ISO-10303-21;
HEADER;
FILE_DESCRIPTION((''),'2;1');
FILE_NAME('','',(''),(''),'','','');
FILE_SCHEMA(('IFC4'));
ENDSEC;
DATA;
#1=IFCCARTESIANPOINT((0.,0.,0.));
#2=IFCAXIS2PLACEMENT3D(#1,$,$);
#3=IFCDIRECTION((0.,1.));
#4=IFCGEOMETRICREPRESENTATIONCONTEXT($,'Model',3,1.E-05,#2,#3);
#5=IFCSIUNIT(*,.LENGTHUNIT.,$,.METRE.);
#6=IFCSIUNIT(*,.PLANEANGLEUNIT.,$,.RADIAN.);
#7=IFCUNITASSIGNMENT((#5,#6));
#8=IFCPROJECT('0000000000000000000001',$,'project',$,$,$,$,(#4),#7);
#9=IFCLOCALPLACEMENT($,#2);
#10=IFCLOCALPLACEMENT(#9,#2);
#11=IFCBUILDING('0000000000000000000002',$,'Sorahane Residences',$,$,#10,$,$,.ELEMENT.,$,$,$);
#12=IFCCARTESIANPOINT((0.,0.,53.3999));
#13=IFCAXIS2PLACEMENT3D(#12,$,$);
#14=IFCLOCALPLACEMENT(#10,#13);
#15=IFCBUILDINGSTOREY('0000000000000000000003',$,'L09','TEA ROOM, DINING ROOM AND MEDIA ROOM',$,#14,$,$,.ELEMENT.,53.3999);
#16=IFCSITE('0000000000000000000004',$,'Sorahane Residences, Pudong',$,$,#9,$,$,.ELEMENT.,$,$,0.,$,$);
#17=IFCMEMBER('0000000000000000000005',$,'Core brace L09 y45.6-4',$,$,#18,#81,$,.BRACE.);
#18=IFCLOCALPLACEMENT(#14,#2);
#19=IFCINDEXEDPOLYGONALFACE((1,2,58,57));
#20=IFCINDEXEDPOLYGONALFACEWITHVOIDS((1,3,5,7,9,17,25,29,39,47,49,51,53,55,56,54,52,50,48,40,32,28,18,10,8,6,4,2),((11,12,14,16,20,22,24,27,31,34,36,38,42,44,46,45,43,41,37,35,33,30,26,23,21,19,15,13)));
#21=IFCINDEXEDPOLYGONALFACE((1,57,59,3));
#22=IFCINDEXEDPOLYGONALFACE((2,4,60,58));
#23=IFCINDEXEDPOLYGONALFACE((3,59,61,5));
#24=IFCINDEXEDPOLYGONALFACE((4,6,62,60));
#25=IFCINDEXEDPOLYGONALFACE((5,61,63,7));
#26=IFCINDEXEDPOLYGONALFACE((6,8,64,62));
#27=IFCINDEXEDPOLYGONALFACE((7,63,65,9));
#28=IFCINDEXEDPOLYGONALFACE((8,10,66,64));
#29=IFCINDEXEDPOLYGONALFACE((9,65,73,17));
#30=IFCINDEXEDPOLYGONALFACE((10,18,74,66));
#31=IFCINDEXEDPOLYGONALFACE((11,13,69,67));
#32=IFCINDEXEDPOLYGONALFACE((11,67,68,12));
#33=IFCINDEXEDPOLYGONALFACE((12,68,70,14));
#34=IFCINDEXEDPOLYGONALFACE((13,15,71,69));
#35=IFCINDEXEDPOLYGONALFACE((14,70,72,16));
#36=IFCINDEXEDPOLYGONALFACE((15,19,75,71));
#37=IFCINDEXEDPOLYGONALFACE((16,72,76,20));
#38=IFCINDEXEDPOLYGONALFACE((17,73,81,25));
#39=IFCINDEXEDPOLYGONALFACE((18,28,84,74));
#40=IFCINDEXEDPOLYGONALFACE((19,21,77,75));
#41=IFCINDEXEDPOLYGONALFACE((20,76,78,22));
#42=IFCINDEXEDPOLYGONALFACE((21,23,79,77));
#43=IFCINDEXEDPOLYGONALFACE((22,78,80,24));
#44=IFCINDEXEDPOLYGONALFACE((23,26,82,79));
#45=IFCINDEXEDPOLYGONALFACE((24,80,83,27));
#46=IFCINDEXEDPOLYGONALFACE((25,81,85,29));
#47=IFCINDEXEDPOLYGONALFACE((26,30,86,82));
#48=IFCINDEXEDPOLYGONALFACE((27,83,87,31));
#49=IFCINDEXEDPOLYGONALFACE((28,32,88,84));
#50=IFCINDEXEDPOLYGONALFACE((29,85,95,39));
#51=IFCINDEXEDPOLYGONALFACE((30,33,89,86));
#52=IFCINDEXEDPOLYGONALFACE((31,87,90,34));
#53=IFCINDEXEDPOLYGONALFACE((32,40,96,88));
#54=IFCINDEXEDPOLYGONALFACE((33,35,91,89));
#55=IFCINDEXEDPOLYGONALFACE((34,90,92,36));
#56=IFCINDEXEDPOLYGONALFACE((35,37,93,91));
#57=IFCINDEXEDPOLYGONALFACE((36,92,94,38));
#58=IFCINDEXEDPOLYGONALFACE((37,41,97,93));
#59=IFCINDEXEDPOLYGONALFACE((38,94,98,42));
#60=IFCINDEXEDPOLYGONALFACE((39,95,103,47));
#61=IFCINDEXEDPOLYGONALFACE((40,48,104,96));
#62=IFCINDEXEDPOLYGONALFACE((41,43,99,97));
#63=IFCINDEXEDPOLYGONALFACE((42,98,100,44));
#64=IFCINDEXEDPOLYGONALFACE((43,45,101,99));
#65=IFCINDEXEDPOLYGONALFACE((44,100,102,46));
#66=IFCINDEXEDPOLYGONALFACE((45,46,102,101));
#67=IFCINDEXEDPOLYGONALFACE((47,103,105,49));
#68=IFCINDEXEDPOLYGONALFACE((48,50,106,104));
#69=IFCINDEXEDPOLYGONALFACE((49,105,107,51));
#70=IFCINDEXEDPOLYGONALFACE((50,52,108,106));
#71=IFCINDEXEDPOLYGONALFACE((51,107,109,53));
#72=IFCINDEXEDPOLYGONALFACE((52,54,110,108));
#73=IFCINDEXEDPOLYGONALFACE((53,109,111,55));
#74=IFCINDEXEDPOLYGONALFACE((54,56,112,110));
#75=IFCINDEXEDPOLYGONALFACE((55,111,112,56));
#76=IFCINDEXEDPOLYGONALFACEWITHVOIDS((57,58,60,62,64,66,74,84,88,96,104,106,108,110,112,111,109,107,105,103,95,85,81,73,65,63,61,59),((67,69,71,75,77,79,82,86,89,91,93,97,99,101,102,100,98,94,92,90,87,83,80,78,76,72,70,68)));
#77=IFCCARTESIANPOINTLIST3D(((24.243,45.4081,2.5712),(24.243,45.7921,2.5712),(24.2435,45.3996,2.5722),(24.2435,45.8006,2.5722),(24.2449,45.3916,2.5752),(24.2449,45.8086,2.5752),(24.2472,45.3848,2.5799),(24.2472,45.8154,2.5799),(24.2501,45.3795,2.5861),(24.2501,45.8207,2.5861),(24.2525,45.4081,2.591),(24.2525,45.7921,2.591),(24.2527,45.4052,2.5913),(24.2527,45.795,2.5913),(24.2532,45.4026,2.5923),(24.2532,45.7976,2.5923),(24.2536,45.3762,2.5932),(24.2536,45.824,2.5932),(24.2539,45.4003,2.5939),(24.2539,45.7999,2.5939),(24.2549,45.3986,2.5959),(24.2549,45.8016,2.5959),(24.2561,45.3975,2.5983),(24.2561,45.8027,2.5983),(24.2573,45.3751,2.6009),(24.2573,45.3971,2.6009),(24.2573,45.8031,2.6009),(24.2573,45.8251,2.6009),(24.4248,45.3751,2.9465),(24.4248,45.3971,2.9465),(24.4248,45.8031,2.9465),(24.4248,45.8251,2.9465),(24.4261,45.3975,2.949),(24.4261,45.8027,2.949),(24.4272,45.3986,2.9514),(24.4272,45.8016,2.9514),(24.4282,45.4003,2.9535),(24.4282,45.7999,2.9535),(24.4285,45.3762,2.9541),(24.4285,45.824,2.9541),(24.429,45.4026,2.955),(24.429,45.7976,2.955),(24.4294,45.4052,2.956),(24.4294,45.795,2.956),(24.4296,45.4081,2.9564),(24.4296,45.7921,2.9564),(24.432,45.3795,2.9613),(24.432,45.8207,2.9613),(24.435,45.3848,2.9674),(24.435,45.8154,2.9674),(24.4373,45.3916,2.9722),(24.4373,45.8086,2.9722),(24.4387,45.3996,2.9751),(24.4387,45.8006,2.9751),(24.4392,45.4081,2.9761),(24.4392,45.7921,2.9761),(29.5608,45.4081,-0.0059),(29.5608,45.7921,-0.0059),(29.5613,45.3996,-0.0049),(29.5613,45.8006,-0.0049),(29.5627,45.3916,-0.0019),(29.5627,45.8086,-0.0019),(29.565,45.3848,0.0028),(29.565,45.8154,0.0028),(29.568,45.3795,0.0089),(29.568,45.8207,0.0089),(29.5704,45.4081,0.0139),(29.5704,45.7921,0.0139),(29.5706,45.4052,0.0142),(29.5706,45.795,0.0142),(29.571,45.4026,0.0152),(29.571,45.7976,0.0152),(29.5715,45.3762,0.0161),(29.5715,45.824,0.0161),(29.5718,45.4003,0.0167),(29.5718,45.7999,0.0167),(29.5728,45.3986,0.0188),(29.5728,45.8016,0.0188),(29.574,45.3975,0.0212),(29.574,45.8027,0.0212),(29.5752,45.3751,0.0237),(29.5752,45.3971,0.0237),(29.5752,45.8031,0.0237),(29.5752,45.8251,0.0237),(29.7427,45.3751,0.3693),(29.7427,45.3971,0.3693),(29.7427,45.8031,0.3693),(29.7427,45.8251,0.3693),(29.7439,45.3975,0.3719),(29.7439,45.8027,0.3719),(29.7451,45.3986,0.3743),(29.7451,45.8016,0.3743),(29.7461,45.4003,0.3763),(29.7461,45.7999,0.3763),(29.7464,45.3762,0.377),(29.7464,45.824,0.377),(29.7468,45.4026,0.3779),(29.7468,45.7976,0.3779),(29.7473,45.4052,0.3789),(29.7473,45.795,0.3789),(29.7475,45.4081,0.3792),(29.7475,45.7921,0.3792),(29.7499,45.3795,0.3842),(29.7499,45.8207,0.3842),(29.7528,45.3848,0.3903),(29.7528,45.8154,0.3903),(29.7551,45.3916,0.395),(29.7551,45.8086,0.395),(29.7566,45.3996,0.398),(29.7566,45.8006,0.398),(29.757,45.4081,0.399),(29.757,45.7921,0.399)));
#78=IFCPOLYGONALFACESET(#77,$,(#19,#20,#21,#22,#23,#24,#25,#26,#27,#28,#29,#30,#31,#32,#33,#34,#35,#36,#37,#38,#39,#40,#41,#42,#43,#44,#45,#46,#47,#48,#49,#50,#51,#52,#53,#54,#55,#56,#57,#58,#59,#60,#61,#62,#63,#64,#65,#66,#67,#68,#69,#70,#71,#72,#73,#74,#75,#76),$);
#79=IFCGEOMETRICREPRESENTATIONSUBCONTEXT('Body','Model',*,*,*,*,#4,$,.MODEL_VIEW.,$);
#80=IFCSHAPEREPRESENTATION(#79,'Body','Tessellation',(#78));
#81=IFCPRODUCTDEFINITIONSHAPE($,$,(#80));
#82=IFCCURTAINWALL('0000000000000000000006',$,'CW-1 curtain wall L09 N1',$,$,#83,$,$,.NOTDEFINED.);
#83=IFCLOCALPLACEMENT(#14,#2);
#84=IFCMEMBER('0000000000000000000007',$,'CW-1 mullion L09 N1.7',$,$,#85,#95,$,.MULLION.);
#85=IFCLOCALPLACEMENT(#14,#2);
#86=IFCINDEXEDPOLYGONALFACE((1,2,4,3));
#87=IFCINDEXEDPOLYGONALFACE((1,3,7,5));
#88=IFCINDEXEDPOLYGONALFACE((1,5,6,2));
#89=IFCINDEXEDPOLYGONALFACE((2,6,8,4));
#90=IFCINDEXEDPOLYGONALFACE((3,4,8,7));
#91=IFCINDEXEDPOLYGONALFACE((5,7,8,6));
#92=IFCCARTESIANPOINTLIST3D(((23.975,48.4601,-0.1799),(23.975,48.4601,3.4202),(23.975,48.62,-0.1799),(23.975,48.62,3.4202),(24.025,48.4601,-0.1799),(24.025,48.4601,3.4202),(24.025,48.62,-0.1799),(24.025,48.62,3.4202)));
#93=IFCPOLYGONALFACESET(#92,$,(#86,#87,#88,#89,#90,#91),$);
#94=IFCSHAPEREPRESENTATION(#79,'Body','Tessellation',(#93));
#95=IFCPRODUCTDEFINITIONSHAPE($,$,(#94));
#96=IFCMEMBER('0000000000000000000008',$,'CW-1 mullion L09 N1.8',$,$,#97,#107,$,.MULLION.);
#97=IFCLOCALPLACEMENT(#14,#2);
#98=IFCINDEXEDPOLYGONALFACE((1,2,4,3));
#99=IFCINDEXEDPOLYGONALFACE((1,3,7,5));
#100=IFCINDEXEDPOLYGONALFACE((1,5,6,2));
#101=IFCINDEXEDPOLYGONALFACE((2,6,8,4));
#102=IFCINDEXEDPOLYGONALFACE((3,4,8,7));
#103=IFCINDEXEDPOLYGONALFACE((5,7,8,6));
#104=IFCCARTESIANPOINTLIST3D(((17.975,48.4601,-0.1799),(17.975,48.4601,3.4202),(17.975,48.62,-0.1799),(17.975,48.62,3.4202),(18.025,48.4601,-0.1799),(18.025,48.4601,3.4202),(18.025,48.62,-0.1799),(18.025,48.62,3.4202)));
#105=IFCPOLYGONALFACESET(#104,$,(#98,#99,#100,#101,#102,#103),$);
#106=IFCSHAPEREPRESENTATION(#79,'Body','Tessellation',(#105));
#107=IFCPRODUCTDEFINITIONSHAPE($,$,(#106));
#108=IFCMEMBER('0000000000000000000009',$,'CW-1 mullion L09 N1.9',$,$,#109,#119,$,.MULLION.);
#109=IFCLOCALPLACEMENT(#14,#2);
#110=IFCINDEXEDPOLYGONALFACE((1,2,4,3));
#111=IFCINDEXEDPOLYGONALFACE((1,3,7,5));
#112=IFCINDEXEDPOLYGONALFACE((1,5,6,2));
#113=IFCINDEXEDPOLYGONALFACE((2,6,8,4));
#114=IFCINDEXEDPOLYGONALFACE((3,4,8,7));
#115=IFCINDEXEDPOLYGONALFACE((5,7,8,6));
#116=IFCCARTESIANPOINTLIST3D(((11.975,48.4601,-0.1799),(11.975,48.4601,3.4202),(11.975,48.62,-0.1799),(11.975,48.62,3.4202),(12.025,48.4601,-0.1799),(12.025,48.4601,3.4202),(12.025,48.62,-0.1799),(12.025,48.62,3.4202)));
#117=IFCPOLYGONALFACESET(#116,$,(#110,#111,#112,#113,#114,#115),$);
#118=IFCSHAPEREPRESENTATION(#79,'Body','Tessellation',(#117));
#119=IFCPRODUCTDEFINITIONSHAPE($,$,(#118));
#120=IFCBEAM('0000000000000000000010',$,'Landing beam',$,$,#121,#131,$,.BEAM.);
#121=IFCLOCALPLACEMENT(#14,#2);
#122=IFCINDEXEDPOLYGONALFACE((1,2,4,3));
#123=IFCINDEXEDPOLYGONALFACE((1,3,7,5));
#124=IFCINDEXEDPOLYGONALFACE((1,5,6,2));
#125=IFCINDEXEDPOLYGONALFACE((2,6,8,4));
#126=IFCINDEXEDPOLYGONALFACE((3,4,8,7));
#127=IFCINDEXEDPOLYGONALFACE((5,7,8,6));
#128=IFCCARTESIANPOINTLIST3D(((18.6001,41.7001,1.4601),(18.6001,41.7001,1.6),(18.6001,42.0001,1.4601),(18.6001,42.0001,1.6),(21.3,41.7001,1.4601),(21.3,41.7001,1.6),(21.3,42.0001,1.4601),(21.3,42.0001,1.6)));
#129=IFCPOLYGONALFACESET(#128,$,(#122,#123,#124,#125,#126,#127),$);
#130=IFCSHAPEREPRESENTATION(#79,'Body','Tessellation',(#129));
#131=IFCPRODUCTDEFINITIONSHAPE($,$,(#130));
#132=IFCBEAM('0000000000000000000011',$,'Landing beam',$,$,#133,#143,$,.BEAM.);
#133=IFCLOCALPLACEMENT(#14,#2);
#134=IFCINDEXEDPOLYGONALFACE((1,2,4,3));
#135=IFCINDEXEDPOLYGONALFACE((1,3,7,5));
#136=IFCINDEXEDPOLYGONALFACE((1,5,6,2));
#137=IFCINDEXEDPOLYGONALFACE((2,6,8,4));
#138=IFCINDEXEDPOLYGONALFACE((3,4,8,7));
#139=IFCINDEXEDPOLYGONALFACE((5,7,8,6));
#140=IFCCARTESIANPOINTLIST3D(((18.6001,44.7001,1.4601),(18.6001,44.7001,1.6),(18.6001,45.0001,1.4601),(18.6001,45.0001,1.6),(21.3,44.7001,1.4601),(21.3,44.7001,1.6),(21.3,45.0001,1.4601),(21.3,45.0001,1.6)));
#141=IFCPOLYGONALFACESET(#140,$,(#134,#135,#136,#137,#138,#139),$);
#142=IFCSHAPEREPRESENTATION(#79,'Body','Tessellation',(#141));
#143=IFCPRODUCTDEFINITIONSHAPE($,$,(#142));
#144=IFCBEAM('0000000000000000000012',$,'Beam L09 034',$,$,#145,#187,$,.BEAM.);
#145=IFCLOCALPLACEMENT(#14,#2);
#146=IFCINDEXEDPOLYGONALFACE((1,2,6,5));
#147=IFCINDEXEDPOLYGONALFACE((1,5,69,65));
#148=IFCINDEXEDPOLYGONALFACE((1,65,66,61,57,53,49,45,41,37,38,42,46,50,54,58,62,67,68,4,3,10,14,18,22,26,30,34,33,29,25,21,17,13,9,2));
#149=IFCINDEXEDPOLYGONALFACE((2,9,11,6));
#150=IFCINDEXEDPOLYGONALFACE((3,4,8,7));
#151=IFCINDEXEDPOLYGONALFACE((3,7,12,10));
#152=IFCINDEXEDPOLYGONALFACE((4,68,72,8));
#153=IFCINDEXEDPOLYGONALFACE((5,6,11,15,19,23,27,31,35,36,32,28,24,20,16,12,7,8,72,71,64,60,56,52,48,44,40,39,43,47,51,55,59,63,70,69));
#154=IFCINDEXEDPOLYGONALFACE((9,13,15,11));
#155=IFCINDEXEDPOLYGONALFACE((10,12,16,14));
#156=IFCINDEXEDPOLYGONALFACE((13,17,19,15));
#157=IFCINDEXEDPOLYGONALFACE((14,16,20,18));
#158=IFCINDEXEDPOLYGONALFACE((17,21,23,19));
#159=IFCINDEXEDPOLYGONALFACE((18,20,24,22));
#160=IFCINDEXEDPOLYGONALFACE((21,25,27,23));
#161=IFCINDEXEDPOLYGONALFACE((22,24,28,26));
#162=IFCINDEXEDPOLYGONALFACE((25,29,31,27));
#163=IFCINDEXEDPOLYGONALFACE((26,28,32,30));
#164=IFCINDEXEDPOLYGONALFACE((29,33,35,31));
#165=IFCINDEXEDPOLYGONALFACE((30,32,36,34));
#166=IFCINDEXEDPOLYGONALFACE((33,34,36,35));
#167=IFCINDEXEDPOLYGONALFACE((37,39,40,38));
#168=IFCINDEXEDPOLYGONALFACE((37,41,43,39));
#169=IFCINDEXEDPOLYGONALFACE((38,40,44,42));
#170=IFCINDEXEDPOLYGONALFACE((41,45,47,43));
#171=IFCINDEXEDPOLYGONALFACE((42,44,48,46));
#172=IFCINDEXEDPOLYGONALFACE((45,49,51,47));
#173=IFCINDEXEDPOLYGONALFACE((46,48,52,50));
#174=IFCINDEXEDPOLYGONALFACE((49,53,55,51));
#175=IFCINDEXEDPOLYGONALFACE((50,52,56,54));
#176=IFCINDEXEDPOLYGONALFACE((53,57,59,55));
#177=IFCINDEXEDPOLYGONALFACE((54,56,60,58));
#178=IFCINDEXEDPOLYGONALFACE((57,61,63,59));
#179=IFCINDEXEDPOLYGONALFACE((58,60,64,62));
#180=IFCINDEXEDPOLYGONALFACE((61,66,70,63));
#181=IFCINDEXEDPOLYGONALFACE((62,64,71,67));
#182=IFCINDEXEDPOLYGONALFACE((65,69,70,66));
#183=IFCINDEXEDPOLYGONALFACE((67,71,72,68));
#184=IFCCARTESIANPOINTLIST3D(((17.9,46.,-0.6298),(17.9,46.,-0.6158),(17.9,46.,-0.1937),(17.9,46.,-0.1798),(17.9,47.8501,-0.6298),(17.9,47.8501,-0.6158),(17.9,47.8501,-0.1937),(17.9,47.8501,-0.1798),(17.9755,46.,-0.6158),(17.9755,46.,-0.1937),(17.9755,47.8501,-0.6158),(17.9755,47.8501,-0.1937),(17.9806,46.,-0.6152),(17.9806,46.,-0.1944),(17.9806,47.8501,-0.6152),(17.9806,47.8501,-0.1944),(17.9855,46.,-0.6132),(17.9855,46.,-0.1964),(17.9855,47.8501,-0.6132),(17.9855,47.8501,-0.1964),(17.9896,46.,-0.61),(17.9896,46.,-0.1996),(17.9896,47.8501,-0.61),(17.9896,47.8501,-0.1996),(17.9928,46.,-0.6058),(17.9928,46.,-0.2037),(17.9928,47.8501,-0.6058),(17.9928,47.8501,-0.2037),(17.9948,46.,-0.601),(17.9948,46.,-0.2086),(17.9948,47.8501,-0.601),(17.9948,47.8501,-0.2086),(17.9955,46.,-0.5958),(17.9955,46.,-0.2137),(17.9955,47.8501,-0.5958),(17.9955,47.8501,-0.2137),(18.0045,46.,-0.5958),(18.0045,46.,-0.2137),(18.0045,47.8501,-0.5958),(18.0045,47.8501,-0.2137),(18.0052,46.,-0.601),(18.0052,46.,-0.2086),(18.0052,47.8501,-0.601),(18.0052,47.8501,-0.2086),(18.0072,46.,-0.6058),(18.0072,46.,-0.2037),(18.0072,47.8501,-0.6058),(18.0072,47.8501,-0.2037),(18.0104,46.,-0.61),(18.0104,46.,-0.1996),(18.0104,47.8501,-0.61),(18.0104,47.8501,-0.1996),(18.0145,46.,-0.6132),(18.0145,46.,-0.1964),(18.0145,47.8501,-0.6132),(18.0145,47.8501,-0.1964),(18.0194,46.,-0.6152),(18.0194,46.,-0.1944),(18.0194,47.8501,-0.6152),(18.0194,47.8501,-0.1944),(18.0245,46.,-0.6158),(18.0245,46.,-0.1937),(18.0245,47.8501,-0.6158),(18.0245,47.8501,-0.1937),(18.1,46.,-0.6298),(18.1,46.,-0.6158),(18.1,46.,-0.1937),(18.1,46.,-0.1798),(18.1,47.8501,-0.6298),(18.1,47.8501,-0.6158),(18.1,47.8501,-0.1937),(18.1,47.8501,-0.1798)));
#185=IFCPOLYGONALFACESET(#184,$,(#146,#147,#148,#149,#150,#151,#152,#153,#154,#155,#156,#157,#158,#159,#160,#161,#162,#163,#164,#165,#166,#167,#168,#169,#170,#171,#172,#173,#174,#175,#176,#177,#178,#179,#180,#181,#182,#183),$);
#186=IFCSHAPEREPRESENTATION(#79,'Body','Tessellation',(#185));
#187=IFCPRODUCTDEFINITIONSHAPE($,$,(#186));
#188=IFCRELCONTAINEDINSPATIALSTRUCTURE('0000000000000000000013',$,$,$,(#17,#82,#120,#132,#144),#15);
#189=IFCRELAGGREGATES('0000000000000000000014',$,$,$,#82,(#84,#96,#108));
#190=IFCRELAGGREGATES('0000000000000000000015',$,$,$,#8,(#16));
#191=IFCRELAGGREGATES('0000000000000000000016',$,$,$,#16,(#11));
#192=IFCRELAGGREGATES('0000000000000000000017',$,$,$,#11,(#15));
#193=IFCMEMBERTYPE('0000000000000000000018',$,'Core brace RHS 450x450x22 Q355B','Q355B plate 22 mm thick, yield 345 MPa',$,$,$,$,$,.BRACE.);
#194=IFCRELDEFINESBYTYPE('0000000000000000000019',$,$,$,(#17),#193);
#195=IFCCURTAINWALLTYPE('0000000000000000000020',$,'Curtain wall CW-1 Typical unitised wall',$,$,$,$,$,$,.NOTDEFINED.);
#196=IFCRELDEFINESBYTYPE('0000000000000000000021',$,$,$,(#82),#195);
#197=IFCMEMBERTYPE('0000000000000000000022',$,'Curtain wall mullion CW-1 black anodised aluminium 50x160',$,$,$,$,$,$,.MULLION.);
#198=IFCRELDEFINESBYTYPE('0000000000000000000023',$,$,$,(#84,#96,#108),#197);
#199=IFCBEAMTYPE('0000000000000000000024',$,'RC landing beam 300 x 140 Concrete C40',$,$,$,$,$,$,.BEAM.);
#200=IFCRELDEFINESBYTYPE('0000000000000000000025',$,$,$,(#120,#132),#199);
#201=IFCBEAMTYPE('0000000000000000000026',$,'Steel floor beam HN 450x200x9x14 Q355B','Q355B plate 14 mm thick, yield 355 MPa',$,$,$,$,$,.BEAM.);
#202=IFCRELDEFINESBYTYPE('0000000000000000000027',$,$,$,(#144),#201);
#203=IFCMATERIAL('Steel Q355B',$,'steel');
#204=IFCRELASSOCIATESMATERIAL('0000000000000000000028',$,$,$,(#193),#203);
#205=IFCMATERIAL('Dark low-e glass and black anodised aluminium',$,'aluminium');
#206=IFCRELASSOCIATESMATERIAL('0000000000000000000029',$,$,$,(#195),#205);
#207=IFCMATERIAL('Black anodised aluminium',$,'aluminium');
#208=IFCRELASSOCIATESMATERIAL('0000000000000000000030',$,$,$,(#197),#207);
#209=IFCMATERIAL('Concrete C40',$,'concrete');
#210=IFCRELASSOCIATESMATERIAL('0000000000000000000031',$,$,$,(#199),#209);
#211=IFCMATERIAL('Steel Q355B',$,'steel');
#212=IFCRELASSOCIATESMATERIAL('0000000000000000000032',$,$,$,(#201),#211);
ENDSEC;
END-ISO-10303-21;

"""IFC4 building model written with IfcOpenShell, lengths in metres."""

from ifc_helpers import new_model, si_unit, direction, frame, origin, origin_2d, place, context, subcontext, project, spatial, rectangle, hollow_rectangle, i_section, extrude, material, material_profile, profile_set, type_object, element, aggregate, save


model = new_model("IFC4")

# Units and contexts
model_context = context("Model", 3, precision=1e-05, world=origin(), true_north=direction((0.0, 1.0)))
body_context = subcontext(model_context, "Body", "Model", "MODEL_VIEW")
ifc_project = project(units=[si_unit("LENGTHUNIT", "METRE"), si_unit("PLANEANGLEUNIT", "RADIAN")], contexts=[model_context])

# Site, building, storey
site_placement = place(None, origin())
site = spatial("IfcSite", under=ifc_project, at=site_placement, Name="Sorahane Residences, Pudong", CompositionType="ELEMENT", RefElevation=0.0)
building_placement = place(site_placement, origin())
building = spatial("IfcBuilding", under=site, at=building_placement, Name="Sorahane Residences", CompositionType="ELEMENT")
storey_placement = place(building_placement, frame((0.0, 0.0, 53.3999)))
storey = spatial("IfcBuildingStorey", under=building, at=storey_placement, Name="L09", Description="TEA ROOM, DINING ROOM AND MEDIA ROOM", CompositionType="ELEMENT", Elevation=53.3999)

# Member
ifc_material_1 = material(Name="Steel Q355B", Category="steel")
ifc_material_profile_1 = material_profile(ifc_material_1, hollow_rectangle(XDim=0.45, YDim=0.45, WallThickness=0.022, InnerFilletRadius=0.011, OuterFilletRadius=0.033, at=origin_2d()), Name="RHS 450x450x22")
ifc_profile_set_1 = profile_set([ifc_material_profile_1], Name="Steel Q355B")
member_type_1 = type_object("IfcMemberType", Name="Core brace RHS 450x450x22 Q355B", Description="Q355B plate 22 mm thick, yield 345 MPa", PredefinedType="BRACE", material=ifc_profile_set_1)
for number, where, z_axis, x_axis, name in (
    (1, (29.6589, 45.6001, 0.1965), (-0.899895, 0.0, 0.436107), (0.0, -1.0, 0.0), "Core brace L09 y45.6-4"),
):
    element("IfcMember", number, at=place(storey_placement, frame(where, z_axis=z_axis, x_axis=x_axis)), inside=storey, type_object=member_type_1, Name=name, PredefinedType="BRACE", context=body_context, shape_type="SweptSolid", body=[
        extrude(hollow_rectangle(XDim=0.45, YDim=0.45, WallThickness=0.022, InnerFilletRadius=0.011, OuterFilletRadius=0.033, at=origin_2d()), origin(), (0.0, 0.0, 1.0), 5.9094),
    ])

# Curtain wall, members
ifc_material_2 = material(Name="Dark low-e glass and black anodised aluminium", Category="aluminium")
curtain_wall_type = type_object("IfcCurtainWallType", Name="Curtain wall CW-1 Typical unitised wall", PredefinedType="NOTDEFINED", material=ifc_material_2)
curtain_wall_placement = place(storey_placement, origin())
curtain_wall = element("IfcCurtainWall", 2, at=curtain_wall_placement, inside=storey, type_object=curtain_wall_type, Name="CW-1 curtain wall L09 N1", PredefinedType="NOTDEFINED")
ifc_material_3 = material(Name="Black anodised aluminium", Category="aluminium")
ifc_material_profile_2 = material_profile(ifc_material_3, rectangle(XDim=0.1599, YDim=0.05, at=origin_2d()), Name="Curtain wall mullion CW-1 black anodised aluminium 50x160")
ifc_profile_set_2 = profile_set([ifc_material_profile_2], Name="Black anodised aluminium")
member_type_2 = type_object("IfcMemberType", Name="Curtain wall mullion CW-1 black anodised aluminium 50x160", PredefinedType="MULLION", material=ifc_profile_set_2)
member_1_placement = place(storey_placement, frame((24.0, 48.54, -0.1799), z_axis=(0.0, 0.0, 1.0), x_axis=(0.0, 1.0, 0.0)))
member_1 = element("IfcMember", 3, at=member_1_placement, type_object=member_type_2, Name="CW-1 mullion L09 N1.7", PredefinedType="MULLION", context=body_context, shape_type="SweptSolid", body=[
    extrude(rectangle(XDim=0.1599, YDim=0.05, at=origin_2d()), origin(), (0.0, 0.0, 1.0), 3.6001),
])
member_2_placement = place(storey_placement, frame((18.0, 48.54, -0.1799), z_axis=(0.0, 0.0, 1.0), x_axis=(0.0, 1.0, 0.0)))
member_2 = element("IfcMember", 4, at=member_2_placement, type_object=member_type_2, Name="CW-1 mullion L09 N1.8", PredefinedType="MULLION", context=body_context, shape_type="SweptSolid", body=[
    extrude(rectangle(XDim=0.1599, YDim=0.05, at=origin_2d()), origin(), (0.0, 0.0, 1.0), 3.6001),
])
member_3_placement = place(storey_placement, frame((12.0, 48.54, -0.1799), z_axis=(0.0, 0.0, 1.0), x_axis=(0.0, 1.0, 0.0)))
member_3 = element("IfcMember", 5, at=member_3_placement, type_object=member_type_2, Name="CW-1 mullion L09 N1.9", PredefinedType="MULLION", context=body_context, shape_type="SweptSolid", body=[
    extrude(rectangle(XDim=0.1599, YDim=0.05, at=origin_2d()), origin(), (0.0, 0.0, 1.0), 3.6001),
])

# Beams
ifc_material_4 = material(Name="Concrete C40", Category="concrete")
ifc_material_profile_3 = material_profile(ifc_material_4, rectangle(XDim=0.3, YDim=0.1399, at=origin_2d()), Name="300x140")
ifc_profile_set_3 = profile_set([ifc_material_profile_3], Name="Concrete C40")
beam_type_1 = type_object("IfcBeamType", Name="RC landing beam 300 x 140 Concrete C40", PredefinedType="BEAM", material=ifc_profile_set_3)
for number, where, z_axis, x_axis, name in (
    (6, (18.6001, 41.8501, 1.53), (1.0, 0.0, 0.0), (0.0, 1.0, 0.0), "Landing beam"),
    (7, (18.6001, 44.8501, 1.53), (1.0, 0.0, 0.0), (0.0, 1.0, 0.0), "Landing beam"),
):
    element("IfcBeam", number, at=place(storey_placement, frame(where, z_axis=z_axis, x_axis=x_axis)), inside=storey, type_object=beam_type_1, Name=name, PredefinedType="BEAM", context=body_context, shape_type="SweptSolid", body=[
        extrude(rectangle(XDim=0.3, YDim=0.1399, at=origin_2d()), origin(), (0.0, 0.0, 1.0), 2.7),
    ])
ifc_material_5 = material(Name="Steel Q355B", Category="steel")
ifc_material_profile_4 = material_profile(ifc_material_5, i_section(OverallWidth=0.2, OverallDepth=0.45, WebThickness=0.009, FlangeThickness=0.0139, FilletRadius=0.02, at=origin_2d()), Name="HN 450x200x9x14")
ifc_profile_set_4 = profile_set([ifc_material_profile_4], Name="Steel Q355B")
beam_type_2 = type_object("IfcBeamType", Name="Steel floor beam HN 450x200x9x14 Q355B", Description="Q355B plate 14 mm thick, yield 355 MPa", PredefinedType="BEAM", material=ifc_profile_set_4)
beam_1_placement = place(storey_placement, frame((18.0, 46.0, -0.4048), z_axis=(0.0, 1.0, 0.0), x_axis=(-1.0, 0.0, 0.0)))
element("IfcBeam", 8, at=beam_1_placement, inside=storey, type_object=beam_type_2, Name="Beam L09 034", PredefinedType="BEAM", context=body_context, shape_type="SweptSolid", body=[
    extrude(i_section(OverallWidth=0.2, OverallDepth=0.45, WebThickness=0.009, FlangeThickness=0.0139, FilletRadius=0.02, at=origin_2d()), origin(), (0.0, 0.0, 1.0), 1.8501),
])

aggregate(curtain_wall, [member_1, member_2, member_3])

save(model, "model.ifc")
